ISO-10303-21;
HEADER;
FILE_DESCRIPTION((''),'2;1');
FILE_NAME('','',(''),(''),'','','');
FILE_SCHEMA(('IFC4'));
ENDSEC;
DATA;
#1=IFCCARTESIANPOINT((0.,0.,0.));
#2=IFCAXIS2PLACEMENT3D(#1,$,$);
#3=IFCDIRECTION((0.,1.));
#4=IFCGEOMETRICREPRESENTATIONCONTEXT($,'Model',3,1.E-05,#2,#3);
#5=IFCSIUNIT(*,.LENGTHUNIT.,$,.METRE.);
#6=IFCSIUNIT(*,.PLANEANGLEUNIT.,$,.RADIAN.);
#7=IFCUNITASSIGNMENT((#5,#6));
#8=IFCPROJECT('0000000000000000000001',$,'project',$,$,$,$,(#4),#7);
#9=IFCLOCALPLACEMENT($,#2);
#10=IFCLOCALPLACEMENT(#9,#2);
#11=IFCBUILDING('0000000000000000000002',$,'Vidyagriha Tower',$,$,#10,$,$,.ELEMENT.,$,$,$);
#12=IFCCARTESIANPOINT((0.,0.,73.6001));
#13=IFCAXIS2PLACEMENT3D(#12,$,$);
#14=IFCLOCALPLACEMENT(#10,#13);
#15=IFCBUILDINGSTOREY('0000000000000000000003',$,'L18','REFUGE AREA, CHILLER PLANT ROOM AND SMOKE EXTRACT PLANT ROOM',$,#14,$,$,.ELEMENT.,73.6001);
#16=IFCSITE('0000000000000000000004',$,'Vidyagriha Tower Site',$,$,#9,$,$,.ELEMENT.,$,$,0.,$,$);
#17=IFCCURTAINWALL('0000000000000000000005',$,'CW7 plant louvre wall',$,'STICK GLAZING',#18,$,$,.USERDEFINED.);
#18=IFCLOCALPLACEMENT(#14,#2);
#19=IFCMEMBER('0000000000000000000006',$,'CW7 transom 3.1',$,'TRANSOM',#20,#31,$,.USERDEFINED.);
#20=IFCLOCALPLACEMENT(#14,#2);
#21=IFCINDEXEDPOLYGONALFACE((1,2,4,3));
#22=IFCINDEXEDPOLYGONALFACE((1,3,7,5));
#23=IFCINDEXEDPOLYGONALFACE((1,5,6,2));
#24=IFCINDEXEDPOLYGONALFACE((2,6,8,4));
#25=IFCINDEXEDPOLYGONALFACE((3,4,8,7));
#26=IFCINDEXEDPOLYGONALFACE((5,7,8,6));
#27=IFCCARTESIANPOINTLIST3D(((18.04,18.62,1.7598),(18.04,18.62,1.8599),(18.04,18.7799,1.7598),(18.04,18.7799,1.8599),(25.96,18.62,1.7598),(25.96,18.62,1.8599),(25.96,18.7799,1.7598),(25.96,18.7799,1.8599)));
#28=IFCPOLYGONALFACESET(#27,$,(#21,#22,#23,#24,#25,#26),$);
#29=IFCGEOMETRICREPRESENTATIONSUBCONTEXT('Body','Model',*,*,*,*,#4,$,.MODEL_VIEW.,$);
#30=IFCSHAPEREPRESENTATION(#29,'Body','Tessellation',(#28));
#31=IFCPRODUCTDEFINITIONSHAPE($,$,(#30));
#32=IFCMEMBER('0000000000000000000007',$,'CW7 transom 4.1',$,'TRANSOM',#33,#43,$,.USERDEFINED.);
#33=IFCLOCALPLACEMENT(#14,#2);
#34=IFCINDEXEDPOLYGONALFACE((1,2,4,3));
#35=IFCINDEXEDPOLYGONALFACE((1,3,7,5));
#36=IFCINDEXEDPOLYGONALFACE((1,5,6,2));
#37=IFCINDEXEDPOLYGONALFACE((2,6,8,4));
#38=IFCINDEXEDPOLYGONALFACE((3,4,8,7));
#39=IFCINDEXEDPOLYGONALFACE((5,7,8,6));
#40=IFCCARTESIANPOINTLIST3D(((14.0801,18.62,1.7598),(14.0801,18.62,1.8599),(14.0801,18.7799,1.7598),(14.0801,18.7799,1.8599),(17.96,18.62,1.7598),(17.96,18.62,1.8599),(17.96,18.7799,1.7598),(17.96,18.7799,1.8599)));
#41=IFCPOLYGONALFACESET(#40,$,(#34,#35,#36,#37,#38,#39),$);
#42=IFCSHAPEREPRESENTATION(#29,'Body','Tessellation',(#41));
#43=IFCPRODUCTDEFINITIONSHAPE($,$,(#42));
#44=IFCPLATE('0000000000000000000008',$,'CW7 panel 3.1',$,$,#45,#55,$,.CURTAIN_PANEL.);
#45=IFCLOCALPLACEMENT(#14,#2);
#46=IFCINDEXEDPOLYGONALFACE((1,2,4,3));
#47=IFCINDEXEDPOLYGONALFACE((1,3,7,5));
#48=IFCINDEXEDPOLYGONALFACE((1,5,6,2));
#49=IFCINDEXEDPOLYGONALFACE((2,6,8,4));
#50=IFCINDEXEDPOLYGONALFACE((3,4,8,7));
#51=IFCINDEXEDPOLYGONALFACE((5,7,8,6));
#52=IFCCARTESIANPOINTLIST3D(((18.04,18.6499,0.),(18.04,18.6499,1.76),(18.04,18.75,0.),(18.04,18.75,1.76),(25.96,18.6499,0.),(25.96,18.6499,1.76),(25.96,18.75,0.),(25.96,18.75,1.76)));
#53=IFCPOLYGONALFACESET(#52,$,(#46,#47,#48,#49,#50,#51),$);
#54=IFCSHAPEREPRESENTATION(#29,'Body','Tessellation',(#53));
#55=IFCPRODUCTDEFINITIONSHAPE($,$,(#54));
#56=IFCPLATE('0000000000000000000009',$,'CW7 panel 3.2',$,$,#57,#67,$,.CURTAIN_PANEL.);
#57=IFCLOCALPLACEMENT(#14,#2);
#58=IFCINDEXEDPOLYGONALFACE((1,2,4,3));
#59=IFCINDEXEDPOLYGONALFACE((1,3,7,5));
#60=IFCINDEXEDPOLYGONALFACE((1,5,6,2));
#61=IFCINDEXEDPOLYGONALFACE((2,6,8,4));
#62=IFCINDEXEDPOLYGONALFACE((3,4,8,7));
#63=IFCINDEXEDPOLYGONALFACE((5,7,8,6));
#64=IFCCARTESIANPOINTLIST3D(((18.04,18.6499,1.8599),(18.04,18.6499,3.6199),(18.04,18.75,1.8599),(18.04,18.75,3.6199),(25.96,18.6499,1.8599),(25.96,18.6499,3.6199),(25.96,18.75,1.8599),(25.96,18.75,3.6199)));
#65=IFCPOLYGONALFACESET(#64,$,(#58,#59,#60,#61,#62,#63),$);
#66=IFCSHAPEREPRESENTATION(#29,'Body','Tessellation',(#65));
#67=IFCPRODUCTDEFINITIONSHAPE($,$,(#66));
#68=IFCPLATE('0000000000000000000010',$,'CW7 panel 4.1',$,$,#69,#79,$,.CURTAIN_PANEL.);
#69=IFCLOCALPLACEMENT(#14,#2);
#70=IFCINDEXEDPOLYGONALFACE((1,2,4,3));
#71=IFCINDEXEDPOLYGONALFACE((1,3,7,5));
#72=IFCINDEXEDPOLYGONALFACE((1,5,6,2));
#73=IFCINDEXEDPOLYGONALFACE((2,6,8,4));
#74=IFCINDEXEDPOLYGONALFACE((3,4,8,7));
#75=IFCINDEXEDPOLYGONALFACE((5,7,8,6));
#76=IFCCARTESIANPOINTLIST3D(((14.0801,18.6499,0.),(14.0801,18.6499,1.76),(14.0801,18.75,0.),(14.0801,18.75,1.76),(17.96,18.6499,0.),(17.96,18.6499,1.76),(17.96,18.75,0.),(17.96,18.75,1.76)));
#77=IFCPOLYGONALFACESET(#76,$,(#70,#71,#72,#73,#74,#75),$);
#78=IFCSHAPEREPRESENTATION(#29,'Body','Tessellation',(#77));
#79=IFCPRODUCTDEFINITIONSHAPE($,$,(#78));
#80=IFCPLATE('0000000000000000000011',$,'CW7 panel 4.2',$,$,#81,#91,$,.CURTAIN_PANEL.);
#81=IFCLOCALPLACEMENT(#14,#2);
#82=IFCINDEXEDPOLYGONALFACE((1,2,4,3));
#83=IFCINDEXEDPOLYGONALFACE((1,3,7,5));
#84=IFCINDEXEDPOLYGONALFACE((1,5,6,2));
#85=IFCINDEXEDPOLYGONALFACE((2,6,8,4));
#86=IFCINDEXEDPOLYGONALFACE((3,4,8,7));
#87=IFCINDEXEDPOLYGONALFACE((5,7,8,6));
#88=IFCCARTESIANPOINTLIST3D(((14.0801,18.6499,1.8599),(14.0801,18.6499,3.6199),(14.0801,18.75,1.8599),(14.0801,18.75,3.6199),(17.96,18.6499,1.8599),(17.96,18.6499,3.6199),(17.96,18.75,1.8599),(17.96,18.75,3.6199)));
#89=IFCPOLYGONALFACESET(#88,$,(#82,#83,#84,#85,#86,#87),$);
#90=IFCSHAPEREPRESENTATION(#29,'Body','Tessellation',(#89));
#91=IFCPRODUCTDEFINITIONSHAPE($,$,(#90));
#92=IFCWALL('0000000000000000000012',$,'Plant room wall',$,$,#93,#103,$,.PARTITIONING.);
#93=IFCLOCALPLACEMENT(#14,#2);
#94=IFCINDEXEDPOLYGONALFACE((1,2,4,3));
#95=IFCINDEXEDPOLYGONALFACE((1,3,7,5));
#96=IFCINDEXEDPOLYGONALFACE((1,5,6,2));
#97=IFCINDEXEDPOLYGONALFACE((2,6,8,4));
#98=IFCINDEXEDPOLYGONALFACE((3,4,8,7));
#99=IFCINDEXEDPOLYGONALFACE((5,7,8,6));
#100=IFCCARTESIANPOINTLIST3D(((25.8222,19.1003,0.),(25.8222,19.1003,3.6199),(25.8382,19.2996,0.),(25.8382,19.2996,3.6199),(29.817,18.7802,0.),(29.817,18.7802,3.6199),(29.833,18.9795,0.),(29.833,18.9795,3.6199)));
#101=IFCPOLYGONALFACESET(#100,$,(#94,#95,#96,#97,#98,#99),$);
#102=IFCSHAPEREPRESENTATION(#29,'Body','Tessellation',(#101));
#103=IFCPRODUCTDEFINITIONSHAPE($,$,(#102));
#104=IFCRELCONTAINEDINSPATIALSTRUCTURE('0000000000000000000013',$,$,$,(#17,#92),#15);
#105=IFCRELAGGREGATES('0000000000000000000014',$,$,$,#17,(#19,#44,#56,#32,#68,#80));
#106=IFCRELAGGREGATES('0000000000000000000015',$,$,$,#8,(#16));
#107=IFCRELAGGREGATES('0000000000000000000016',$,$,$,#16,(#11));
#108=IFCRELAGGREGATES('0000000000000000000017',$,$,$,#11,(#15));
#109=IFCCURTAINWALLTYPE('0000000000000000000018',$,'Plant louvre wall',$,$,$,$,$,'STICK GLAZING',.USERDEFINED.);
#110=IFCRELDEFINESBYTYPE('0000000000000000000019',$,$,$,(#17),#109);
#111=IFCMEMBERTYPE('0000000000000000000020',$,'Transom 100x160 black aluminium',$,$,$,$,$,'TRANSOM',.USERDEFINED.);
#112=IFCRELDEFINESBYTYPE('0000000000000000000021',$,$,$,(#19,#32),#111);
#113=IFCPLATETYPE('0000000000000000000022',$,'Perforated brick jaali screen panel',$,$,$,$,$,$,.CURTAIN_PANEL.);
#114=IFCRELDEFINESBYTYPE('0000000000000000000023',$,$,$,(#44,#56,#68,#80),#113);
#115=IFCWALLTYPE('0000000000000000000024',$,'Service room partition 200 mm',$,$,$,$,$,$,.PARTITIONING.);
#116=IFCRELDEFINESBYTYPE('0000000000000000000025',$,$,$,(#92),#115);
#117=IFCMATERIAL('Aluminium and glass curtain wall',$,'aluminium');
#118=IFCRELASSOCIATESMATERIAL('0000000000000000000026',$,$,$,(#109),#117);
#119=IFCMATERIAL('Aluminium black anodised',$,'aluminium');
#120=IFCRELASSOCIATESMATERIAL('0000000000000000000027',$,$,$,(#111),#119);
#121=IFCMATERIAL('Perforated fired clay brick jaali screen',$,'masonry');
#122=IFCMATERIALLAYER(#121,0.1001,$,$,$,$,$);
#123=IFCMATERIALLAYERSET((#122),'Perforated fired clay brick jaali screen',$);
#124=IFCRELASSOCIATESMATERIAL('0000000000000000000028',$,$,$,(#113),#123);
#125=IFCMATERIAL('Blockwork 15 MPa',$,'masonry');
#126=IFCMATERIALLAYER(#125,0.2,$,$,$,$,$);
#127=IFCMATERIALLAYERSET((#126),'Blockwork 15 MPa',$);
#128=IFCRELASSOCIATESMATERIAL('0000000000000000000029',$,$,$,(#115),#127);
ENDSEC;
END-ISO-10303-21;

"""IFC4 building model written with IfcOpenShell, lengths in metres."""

from ifc_helpers import new_model, si_unit, direction, frame, frame_2d, origin, origin_2d, place, context, subcontext, project, spatial, rectangle, extrude, material, layer, layer_set, material_profile, profile_set, type_object, element, aggregate, save


model = new_model("IFC4")

# Units and contexts
model_context = context("Model", 3, precision=1e-05, world=origin(), true_north=direction((0.0, 1.0)))
body_context = subcontext(model_context, "Body", "Model", "MODEL_VIEW")
ifc_project = project(units=[si_unit("LENGTHUNIT", "METRE"), si_unit("PLANEANGLEUNIT", "RADIAN")], contexts=[model_context])

# Site, building, storey
site_placement = place(None, origin())
site = spatial("IfcSite", under=ifc_project, at=site_placement, Name="Vidyagriha Tower Site", CompositionType="ELEMENT", RefElevation=0.0)
building_placement = place(site_placement, origin())
building = spatial("IfcBuilding", under=site, at=building_placement, Name="Vidyagriha Tower", CompositionType="ELEMENT")
storey_placement = place(building_placement, frame((0.0, 0.0, 73.6001)))
storey = spatial("IfcBuildingStorey", under=building, at=storey_placement, Name="L18", Description="REFUGE AREA, CHILLER PLANT ROOM AND SMOKE EXTRACT PLANT ROOM", CompositionType="ELEMENT", Elevation=73.6001)

# Curtain wall
ifc_material_1 = material(Name="Aluminium and glass curtain wall", Category="aluminium")
curtain_wall_type = type_object("IfcCurtainWallType", Name="Plant louvre wall", ElementType="STICK GLAZING", PredefinedType="USERDEFINED", material=ifc_material_1)
curtain_wall_placement = place(storey_placement, origin())
curtain_wall = element("IfcCurtainWall", 1, at=curtain_wall_placement, inside=storey, type_object=curtain_wall_type, Name="CW7 plant louvre wall", ObjectType="STICK GLAZING", PredefinedType="USERDEFINED")

# Members
ifc_material_2 = material(Name="Aluminium black anodised", Category="aluminium")
ifc_material_profile_1 = material_profile(ifc_material_2, rectangle(XDim=0.1599, YDim=0.1001, at=origin_2d()), Name="Transom 100x160 black aluminium")
ifc_profile_set_1 = profile_set([ifc_material_profile_1], Name="Aluminium black anodised")
member_type_1 = type_object("IfcMemberType", Name="Transom 100x160 black aluminium", ElementType="TRANSOM", PredefinedType="USERDEFINED", material=ifc_profile_set_1)
member_1_placement = place(storey_placement, frame((25.96, 18.7, 1.8098), z_axis=(-1.0, 0.0, 0.0), x_axis=(0.0, -1.0, 0.0)))
member_1 = element("IfcMember", 2, at=member_1_placement, type_object=member_type_1, Name="CW7 transom 3.1", ObjectType="TRANSOM", PredefinedType="USERDEFINED", context=body_context, shape_type="SweptSolid", body=[
    extrude(rectangle(XDim=0.1599, YDim=0.1001, at=origin_2d()), origin(), (0.0, 0.0, 1.0), 7.9199),
])
member_2_placement = place(storey_placement, frame((17.96, 18.7, 1.8098), z_axis=(-1.0, 0.0, 0.0), x_axis=(0.0, -1.0, 0.0)))
member_2 = element("IfcMember", 3, at=member_2_placement, type_object=member_type_1, Name="CW7 transom 4.1", ObjectType="TRANSOM", PredefinedType="USERDEFINED", context=body_context, shape_type="SweptSolid", body=[
    extrude(rectangle(XDim=0.1599, YDim=0.1001, at=origin_2d()), origin(), (0.0, 0.0, 1.0), 3.8799),
])

# Plates
ifc_material_3 = material(Name="Perforated fired clay brick jaali screen", Category="masonry")
ifc_layer_1 = layer(ifc_material_3, 0.1001)
ifc_layer_set_1 = layer_set([ifc_layer_1], Name="Perforated fired clay brick jaali screen")
plate_type = type_object("IfcPlateType", Name="Perforated brick jaali screen panel", PredefinedType="CURTAIN_PANEL", material=ifc_layer_set_1)
plate_1_placement = place(storey_placement, frame((22.0, 18.7, 0.0), z_axis=(0.0, 0.0, 1.0), x_axis=(-1.0, 0.0, 0.0)))
plate_1 = element("IfcPlate", 4, at=plate_1_placement, type_object=plate_type, Name="CW7 panel 3.1", PredefinedType="CURTAIN_PANEL", context=body_context, shape_type="SweptSolid", body=[
    extrude(rectangle(XDim=7.9199, YDim=0.1001, at=origin_2d()), origin(), (0.0, 0.0, 1.0), 1.76),
])
plate_2_placement = place(storey_placement, frame((22.0, 18.7, 1.8599), z_axis=(0.0, 0.0, 1.0), x_axis=(-1.0, 0.0, 0.0)))
plate_2 = element("IfcPlate", 5, at=plate_2_placement, type_object=plate_type, Name="CW7 panel 3.2", PredefinedType="CURTAIN_PANEL", context=body_context, shape_type="SweptSolid", body=[
    extrude(rectangle(XDim=7.9199, YDim=0.1001, at=origin_2d()), origin(), (0.0, 0.0, 1.0), 1.76),
])
plate_3_placement = place(storey_placement, frame((16.02, 18.7, 0.0), z_axis=(0.0, 0.0, 1.0), x_axis=(-1.0, 0.0, 0.0)))
plate_3 = element("IfcPlate", 6, at=plate_3_placement, type_object=plate_type, Name="CW7 panel 4.1", PredefinedType="CURTAIN_PANEL", context=body_context, shape_type="SweptSolid", body=[
    extrude(rectangle(XDim=3.8799, YDim=0.1001, at=origin_2d()), origin(), (0.0, 0.0, 1.0), 1.76),
])
plate_4_placement = place(storey_placement, frame((16.02, 18.7, 1.8599), z_axis=(0.0, 0.0, 1.0), x_axis=(-1.0, 0.0, 0.0)))
plate_4 = element("IfcPlate", 7, at=plate_4_placement, type_object=plate_type, Name="CW7 panel 4.2", PredefinedType="CURTAIN_PANEL", context=body_context, shape_type="SweptSolid", body=[
    extrude(rectangle(XDim=3.8799, YDim=0.1001, at=origin_2d()), origin(), (0.0, 0.0, 1.0), 1.76),
])
aggregate(curtain_wall, [member_1, plate_1, plate_2, member_2, plate_3, plate_4])

# Wall
ifc_material_4 = material(Name="Blockwork 15 MPa", Category="masonry")
ifc_layer_2 = layer(ifc_material_4, 0.2)
ifc_layer_set_2 = layer_set([ifc_layer_2], Name="Blockwork 15 MPa")
wall_type = type_object("IfcWallType", Name="Service room partition 200 mm", PredefinedType="PARTITIONING", material=ifc_layer_set_2)
wall_placement = place(storey_placement, frame((25.8301, 19.2, 0.0), z_axis=(0.0, 0.0, 1.0), x_axis=(0.996806, -0.079864, 0.0)))
element("IfcWall", 8, at=wall_placement, inside=storey, type_object=wall_type, Name="Plant room wall", PredefinedType="PARTITIONING", context=body_context, shape_type="SweptSolid", body=[
    extrude(rectangle(XDim=4.0076, YDim=0.2, at=frame_2d((2.0039, 0.0))), origin(), (0.0, 0.0, 1.0), 3.6199),
])

save(model, "model.ifc")
